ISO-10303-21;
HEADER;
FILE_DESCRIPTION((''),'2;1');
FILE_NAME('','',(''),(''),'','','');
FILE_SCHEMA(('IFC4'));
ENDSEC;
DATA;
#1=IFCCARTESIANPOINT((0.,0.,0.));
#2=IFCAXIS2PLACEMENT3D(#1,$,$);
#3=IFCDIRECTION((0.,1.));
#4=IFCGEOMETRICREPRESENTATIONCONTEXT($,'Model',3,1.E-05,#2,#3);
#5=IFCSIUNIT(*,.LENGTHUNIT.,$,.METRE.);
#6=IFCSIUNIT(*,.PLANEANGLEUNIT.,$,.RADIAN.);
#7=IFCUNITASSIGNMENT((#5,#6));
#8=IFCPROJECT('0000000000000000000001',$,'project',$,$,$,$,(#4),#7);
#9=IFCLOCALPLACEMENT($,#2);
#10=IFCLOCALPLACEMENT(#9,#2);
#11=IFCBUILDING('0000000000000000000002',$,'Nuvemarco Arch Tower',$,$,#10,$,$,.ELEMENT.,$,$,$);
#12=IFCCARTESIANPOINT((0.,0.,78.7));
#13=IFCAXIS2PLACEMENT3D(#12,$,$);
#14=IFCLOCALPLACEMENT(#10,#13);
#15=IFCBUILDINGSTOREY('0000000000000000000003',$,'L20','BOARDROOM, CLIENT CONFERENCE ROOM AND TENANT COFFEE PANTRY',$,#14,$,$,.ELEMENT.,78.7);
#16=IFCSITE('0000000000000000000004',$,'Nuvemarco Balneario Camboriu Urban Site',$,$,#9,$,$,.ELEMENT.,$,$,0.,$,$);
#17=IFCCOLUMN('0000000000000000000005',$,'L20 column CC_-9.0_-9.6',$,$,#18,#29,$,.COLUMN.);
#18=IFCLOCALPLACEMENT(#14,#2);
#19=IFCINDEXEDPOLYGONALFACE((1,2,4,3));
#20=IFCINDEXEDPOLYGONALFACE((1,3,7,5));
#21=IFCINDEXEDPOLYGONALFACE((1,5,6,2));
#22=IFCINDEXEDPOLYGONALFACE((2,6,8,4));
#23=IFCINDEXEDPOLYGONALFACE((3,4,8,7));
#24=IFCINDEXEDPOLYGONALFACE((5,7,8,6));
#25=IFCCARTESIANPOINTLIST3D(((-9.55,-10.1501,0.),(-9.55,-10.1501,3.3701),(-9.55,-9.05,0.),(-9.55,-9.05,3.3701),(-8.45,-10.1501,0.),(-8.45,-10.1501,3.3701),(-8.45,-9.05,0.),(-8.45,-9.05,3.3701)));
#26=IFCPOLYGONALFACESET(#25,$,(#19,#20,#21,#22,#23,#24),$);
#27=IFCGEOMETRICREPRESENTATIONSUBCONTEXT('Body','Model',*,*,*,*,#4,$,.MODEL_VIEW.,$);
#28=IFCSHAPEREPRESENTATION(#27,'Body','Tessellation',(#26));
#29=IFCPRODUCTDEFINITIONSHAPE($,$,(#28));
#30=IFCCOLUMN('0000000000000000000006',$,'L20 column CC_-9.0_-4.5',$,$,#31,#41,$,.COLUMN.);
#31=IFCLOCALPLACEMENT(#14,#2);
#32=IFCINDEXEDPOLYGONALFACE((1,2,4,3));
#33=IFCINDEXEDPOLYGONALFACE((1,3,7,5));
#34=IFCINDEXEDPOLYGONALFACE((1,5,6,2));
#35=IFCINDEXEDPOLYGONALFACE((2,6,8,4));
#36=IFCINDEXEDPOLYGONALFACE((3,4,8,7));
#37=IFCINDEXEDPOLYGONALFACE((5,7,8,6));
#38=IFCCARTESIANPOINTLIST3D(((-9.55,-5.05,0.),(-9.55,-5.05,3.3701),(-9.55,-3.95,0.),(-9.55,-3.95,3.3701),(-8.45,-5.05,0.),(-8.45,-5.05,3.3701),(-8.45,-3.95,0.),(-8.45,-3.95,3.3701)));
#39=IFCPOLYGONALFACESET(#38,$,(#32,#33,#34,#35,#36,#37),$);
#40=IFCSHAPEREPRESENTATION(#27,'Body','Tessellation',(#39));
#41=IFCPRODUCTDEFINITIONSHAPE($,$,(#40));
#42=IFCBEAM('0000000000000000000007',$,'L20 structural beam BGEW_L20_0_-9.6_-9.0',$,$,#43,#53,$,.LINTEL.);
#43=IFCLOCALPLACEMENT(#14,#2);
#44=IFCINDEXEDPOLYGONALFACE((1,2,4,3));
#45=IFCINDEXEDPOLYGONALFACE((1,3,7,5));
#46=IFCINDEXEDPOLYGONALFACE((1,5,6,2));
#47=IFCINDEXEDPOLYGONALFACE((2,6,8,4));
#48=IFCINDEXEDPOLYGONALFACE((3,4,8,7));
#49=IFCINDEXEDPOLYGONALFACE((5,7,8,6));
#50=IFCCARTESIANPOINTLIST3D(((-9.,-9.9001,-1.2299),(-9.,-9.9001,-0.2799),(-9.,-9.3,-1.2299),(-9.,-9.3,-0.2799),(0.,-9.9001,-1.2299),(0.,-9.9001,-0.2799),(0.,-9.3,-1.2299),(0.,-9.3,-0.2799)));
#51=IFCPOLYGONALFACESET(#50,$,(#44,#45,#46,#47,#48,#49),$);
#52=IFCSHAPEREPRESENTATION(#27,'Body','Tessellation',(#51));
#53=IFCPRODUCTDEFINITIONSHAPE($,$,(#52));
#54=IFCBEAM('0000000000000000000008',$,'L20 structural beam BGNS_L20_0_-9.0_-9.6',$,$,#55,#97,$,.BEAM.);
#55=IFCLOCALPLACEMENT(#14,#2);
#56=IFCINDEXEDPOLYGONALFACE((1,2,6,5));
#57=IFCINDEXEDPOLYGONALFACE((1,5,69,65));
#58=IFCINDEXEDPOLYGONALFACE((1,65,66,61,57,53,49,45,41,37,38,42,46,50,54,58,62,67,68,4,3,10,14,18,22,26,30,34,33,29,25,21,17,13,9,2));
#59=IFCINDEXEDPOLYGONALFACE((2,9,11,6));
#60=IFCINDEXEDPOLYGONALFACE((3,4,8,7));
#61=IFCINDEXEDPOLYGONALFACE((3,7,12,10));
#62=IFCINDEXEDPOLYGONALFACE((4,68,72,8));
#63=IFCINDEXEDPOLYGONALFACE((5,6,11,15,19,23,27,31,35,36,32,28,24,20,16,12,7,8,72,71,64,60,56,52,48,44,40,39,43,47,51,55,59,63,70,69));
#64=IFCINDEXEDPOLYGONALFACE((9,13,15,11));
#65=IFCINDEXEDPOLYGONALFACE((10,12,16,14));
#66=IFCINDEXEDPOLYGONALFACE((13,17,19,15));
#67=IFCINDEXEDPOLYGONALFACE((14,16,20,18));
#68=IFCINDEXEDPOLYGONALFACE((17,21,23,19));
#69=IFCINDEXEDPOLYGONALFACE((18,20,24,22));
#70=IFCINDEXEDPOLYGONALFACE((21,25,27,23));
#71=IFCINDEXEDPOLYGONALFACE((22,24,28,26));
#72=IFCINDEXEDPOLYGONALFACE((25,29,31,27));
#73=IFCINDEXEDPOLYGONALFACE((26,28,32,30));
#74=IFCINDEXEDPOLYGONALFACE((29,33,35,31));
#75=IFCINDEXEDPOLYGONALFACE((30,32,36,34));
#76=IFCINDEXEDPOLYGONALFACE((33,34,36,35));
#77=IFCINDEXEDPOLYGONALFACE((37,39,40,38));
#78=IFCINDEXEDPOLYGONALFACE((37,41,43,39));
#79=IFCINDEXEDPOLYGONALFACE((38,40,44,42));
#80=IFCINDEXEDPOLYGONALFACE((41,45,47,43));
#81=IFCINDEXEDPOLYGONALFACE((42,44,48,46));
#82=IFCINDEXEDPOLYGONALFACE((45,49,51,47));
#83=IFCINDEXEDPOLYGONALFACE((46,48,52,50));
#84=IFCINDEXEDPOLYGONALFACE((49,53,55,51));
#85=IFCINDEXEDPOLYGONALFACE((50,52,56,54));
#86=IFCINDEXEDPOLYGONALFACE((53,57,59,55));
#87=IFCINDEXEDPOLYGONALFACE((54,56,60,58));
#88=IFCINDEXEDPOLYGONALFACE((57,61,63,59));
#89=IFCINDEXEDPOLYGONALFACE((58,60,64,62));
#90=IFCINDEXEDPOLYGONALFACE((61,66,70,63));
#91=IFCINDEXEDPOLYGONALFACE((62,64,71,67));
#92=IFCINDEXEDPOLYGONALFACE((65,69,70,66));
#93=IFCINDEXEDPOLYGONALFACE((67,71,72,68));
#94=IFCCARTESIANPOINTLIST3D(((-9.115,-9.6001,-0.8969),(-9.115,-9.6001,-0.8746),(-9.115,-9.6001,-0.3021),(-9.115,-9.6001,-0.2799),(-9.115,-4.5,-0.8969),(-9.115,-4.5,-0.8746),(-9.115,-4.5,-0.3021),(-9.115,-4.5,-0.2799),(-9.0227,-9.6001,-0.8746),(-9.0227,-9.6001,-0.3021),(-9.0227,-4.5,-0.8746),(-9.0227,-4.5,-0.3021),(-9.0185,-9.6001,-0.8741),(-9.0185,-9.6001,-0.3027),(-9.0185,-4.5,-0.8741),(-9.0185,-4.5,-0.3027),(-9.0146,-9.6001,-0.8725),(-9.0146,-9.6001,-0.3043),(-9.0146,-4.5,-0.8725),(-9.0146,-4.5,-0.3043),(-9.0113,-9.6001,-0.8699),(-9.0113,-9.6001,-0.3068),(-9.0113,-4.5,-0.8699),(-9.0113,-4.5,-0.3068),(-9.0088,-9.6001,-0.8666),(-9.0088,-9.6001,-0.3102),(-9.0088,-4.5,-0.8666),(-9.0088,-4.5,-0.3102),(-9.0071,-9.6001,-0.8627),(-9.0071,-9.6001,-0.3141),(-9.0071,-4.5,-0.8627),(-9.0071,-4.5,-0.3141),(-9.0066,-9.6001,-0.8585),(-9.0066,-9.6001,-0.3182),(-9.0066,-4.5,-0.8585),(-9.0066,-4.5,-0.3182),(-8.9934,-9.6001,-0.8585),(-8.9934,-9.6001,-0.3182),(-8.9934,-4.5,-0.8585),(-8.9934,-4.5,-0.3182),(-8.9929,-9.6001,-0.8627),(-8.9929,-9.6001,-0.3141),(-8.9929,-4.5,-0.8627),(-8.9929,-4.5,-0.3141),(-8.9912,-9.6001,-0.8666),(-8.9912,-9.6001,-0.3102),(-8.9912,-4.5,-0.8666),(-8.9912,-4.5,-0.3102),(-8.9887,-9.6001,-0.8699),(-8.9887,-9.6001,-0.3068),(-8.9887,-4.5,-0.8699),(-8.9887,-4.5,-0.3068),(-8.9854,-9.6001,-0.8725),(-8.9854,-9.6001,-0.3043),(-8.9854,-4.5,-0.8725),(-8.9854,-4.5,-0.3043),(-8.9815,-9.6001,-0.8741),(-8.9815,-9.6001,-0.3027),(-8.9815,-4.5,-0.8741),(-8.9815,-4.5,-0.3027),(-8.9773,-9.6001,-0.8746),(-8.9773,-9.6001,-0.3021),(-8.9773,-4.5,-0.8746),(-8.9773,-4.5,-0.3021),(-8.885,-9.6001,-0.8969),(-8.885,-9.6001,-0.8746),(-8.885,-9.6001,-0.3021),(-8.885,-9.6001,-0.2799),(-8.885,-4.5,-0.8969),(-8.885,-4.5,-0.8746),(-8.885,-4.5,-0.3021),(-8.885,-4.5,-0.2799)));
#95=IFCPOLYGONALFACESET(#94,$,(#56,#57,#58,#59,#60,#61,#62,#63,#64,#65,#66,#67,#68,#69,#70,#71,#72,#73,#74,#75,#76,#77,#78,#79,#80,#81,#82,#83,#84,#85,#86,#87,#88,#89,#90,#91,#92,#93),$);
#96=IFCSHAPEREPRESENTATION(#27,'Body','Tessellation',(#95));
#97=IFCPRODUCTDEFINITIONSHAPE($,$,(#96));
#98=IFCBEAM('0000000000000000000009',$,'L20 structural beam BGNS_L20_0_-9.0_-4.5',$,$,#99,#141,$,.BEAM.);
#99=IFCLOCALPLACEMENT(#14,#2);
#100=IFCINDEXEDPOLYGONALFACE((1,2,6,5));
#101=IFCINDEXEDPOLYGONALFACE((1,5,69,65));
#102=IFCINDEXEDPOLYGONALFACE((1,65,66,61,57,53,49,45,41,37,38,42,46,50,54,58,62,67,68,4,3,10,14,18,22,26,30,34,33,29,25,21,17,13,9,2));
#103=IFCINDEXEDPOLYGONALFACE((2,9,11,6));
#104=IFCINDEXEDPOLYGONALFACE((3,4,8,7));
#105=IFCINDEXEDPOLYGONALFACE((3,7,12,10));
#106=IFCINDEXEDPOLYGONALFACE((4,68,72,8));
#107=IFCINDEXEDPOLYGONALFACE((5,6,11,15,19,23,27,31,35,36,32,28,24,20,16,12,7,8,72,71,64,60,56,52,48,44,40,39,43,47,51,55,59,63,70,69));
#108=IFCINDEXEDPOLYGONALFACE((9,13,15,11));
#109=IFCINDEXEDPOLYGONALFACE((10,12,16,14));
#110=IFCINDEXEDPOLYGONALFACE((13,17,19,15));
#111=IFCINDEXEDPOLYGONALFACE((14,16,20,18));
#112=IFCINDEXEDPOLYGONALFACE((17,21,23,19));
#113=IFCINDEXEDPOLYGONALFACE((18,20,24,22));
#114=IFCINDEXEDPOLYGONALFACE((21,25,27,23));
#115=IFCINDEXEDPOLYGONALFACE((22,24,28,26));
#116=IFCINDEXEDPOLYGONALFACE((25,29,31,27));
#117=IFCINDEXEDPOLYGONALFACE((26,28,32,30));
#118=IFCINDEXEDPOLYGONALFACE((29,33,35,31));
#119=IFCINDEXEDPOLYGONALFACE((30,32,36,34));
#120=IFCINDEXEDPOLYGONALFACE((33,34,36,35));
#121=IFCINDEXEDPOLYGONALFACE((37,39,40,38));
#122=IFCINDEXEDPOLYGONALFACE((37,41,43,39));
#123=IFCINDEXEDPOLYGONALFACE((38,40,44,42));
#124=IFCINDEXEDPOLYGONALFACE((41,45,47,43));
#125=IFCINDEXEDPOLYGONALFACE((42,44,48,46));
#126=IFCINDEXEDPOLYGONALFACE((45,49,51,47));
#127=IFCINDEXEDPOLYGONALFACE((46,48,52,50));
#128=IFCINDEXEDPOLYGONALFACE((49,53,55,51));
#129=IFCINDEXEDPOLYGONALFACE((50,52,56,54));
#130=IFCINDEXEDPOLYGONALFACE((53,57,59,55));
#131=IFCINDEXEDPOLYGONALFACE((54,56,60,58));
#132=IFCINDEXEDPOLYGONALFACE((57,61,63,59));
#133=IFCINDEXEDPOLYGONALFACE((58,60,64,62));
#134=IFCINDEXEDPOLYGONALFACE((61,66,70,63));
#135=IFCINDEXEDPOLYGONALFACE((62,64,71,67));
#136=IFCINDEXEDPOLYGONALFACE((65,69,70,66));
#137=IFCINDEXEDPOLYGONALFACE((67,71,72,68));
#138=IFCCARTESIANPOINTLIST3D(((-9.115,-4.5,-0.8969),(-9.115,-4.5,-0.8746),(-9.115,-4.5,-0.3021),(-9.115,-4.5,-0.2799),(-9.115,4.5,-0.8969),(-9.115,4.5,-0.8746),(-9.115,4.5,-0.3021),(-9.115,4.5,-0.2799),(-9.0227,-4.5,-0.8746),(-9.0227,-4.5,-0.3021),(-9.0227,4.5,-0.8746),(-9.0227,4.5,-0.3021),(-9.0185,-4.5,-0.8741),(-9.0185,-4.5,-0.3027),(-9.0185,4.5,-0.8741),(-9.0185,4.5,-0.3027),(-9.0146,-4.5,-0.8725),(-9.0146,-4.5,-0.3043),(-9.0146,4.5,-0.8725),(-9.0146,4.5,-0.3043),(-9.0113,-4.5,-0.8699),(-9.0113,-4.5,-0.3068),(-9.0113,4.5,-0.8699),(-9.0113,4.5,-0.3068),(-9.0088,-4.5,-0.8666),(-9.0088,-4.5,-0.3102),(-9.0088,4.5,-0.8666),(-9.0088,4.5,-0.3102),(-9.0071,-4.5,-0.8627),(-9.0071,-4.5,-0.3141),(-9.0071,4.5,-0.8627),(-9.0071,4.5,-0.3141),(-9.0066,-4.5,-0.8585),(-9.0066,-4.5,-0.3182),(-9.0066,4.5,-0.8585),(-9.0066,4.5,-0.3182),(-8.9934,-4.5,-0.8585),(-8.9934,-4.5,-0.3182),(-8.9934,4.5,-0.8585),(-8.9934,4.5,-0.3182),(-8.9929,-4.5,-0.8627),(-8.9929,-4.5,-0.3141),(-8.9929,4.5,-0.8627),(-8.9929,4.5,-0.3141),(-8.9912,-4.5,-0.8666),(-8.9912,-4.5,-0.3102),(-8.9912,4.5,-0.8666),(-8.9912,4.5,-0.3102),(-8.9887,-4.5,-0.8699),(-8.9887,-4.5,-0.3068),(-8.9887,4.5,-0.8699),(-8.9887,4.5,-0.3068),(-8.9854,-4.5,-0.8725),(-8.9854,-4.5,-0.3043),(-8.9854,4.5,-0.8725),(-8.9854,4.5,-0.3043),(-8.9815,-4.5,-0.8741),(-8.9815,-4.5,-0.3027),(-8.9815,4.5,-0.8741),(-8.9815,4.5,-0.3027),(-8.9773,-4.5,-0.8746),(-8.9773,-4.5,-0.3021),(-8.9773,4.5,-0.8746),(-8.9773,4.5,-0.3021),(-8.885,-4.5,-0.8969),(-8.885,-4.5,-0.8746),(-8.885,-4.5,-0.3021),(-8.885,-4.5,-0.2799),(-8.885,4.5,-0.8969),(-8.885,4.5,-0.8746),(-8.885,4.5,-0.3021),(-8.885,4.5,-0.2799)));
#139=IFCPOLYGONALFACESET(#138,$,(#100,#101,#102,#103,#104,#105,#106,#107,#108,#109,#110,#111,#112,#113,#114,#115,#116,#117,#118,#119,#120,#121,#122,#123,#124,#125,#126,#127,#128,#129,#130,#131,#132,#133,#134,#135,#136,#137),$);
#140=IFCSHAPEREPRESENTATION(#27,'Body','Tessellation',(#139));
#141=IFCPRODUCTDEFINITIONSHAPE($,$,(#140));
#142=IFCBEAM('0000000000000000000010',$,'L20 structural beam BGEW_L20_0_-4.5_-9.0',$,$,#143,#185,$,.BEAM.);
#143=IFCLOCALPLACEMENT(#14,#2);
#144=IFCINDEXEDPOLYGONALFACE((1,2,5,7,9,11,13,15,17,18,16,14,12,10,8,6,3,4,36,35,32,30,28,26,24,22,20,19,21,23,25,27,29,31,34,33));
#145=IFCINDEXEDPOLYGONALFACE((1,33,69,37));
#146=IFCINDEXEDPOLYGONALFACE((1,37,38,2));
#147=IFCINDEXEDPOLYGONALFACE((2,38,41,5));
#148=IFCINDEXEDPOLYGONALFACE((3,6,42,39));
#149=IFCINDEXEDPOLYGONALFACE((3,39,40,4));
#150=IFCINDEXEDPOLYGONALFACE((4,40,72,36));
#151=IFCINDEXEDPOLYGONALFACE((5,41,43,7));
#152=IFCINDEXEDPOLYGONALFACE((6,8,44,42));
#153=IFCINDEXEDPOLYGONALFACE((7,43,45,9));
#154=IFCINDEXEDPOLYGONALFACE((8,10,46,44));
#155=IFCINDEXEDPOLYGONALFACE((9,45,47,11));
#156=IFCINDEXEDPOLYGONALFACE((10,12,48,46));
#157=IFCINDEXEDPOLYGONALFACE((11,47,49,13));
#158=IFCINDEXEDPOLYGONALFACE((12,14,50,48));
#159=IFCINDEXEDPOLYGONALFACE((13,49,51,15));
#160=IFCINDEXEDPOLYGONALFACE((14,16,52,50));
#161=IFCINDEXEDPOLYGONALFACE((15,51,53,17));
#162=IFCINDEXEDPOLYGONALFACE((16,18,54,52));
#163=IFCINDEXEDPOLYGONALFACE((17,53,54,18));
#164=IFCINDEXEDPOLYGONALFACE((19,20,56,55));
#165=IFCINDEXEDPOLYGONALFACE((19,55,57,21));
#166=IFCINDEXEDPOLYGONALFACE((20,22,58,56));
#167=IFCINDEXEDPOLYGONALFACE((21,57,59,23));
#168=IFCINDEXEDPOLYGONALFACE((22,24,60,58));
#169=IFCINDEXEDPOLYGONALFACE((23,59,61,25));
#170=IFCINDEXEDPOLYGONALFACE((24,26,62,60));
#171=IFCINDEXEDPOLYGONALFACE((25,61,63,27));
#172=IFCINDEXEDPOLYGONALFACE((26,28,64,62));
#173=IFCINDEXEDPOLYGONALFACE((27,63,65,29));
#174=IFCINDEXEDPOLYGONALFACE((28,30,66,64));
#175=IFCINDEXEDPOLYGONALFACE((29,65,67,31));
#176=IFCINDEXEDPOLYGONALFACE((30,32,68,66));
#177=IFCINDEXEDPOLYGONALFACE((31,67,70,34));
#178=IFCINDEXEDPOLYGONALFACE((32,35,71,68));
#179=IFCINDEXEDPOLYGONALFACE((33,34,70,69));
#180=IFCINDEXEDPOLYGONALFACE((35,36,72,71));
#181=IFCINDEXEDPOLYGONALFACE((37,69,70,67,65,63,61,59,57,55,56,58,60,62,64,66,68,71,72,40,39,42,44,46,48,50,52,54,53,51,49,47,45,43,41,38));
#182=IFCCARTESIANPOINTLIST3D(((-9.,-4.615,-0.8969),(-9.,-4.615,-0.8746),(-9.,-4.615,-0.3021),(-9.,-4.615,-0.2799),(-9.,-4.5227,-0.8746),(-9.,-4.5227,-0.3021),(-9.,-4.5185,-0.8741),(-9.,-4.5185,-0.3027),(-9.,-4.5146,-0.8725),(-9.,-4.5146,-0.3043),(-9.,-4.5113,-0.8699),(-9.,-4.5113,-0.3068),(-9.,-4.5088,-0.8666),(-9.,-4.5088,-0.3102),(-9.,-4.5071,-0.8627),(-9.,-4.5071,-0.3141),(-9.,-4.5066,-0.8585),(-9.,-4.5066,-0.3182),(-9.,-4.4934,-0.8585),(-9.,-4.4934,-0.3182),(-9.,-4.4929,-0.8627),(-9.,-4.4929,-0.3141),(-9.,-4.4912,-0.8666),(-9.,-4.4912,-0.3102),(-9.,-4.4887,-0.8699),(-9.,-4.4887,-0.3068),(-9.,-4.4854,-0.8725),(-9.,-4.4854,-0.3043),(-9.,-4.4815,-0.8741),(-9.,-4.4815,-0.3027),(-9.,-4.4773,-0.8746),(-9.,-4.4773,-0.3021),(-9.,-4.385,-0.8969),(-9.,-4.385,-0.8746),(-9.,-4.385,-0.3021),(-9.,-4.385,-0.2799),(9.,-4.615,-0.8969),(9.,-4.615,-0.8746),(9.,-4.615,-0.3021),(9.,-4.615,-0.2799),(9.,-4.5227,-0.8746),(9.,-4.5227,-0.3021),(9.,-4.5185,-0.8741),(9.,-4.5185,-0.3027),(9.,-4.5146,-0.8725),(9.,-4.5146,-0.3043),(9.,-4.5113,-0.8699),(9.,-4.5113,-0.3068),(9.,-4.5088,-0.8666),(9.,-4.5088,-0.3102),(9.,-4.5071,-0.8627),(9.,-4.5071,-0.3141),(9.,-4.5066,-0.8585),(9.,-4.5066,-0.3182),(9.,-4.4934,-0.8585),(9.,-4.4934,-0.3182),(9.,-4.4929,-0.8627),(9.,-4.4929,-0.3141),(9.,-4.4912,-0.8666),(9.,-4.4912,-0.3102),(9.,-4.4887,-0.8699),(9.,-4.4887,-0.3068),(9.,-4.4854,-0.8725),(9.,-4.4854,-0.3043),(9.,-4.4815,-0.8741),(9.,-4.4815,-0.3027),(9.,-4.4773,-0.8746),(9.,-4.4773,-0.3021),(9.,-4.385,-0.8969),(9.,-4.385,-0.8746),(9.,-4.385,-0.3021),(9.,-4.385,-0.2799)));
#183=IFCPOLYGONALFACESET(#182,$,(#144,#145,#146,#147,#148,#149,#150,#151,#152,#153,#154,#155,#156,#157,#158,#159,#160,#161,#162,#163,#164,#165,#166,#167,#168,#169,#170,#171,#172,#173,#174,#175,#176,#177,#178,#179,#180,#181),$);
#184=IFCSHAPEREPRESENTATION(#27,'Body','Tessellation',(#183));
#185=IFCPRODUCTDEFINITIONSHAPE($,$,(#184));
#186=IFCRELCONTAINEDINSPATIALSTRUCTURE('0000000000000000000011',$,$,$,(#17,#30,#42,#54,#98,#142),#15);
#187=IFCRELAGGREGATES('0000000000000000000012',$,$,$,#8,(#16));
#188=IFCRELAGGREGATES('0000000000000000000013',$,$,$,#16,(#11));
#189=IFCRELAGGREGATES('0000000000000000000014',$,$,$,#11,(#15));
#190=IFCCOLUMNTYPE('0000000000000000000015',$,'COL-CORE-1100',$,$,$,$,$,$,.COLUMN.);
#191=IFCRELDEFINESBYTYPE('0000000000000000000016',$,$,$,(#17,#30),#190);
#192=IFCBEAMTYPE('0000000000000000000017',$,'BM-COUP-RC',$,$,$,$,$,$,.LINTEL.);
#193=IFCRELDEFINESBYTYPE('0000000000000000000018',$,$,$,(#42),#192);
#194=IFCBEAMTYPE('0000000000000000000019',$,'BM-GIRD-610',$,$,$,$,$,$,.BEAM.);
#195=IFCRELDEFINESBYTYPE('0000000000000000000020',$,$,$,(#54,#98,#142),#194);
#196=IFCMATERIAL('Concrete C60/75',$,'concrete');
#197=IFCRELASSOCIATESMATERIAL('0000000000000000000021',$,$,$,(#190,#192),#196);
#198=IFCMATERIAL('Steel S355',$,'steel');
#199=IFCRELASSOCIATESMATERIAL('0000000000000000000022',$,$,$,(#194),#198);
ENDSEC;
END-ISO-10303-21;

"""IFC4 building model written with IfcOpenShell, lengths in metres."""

from ifc_helpers import new_model, si_unit, direction, frame, origin, origin_2d, place, context, subcontext, project, spatial, rectangle, i_section, extrude, material, material_profile, profile_set, type_object, element, save


model = new_model("IFC4")

# Units and contexts
model_context = context("Model", 3, precision=1e-05, world=origin(), true_north=direction((0.0, 1.0)))
body_context = subcontext(model_context, "Body", "Model", "MODEL_VIEW")
ifc_project = project(units=[si_unit("LENGTHUNIT", "METRE"), si_unit("PLANEANGLEUNIT", "RADIAN")], contexts=[model_context])

# Site, building, storey
site_placement = place(None, origin())
site = spatial("IfcSite", under=ifc_project, at=site_placement, Name="Nuvemarco Balneario Camboriu Urban Site", CompositionType="ELEMENT", RefElevation=0.0)
building_placement = place(site_placement, origin())
building = spatial("IfcBuilding", under=site, at=building_placement, Name="Nuvemarco Arch Tower", CompositionType="ELEMENT")
storey_placement = place(building_placement, frame((0.0, 0.0, 78.7)))
storey = spatial("IfcBuildingStorey", under=building, at=storey_placement, Name="L20", Description="BOARDROOM, CLIENT CONFERENCE ROOM AND TENANT COFFEE PANTRY", CompositionType="ELEMENT", Elevation=78.7)

# Columns
ifc_material_1 = material(Name="Concrete C60/75", Category="concrete")
ifc_material_profile_1 = material_profile(ifc_material_1, rectangle(XDim=1.1001, YDim=1.1001, at=origin_2d()), Name="RC-COL-1100x1100")
ifc_profile_set_1 = profile_set([ifc_material_profile_1], Name="Concrete C60/75")
column_type = type_object("IfcColumnType", Name="COL-CORE-1100", PredefinedType="COLUMN", material=ifc_profile_set_1)
for number, where, z_axis, x_axis, name in (
    (1, (-9.0, -9.6001, 0.0), (0.0, 0.0, 1.0), (1.0, 0.0, 0.0), "L20 column CC_-9.0_-9.6"),
    (2, (-9.0, -4.5, 0.0), (0.0, 0.0, 1.0), (1.0, 0.0, 0.0), "L20 column CC_-9.0_-4.5"),
):
    element("IfcColumn", number, at=place(storey_placement, frame(where, z_axis=z_axis, x_axis=x_axis)), inside=storey, type_object=column_type, Name=name, PredefinedType="COLUMN", context=body_context, shape_type="SweptSolid", body=[
        extrude(rectangle(XDim=1.1001, YDim=1.1001, at=origin_2d()), origin(), (0.0, 0.0, 1.0), 3.3701),
    ])

# Beams
ifc_material_profile_2 = material_profile(ifc_material_1, rectangle(XDim=0.6001, YDim=0.95, at=origin_2d()), Name="RC-BM-600x950")
ifc_profile_set_2 = profile_set([ifc_material_profile_2], Name="Concrete C60/75")
beam_type_1 = type_object("IfcBeamType", Name="BM-COUP-RC", PredefinedType="LINTEL", material=ifc_profile_set_2)
beam_1_placement = place(storey_placement, frame((-9.0, -9.6001, -0.7549), z_axis=(1.0, 0.0, 0.0), x_axis=(0.0, 1.0, 0.0)))
element("IfcBeam", 3, at=beam_1_placement, inside=storey, type_object=beam_type_1, Name="L20 structural beam BGEW_L20_0_-9.6_-9.0", PredefinedType="LINTEL", context=body_context, shape_type="SweptSolid", body=[
    extrude(rectangle(XDim=0.6001, YDim=0.95, at=origin_2d()), origin(), (0.0, 0.0, 1.0), 9.0),
])
ifc_material_2 = material(Name="Steel S355", Category="steel")
ifc_material_profile_3 = material_profile(ifc_material_2, i_section(OverallWidth=0.23, OverallDepth=0.6169, WebThickness=0.0132, FlangeThickness=0.0222, FilletRadius=0.0161, at=origin_2d()), Name="W610x140")
ifc_profile_set_3 = profile_set([ifc_material_profile_3], Name="Steel S355")
beam_type_2 = type_object("IfcBeamType", Name="BM-GIRD-610", PredefinedType="BEAM", material=ifc_profile_set_3)
beam_2_placement = place(storey_placement, frame((-9.0, -9.6001, -0.5884), z_axis=(0.0, 1.0, 0.0), x_axis=(-1.0, 0.0, 0.0)))
element("IfcBeam", 4, at=beam_2_placement, inside=storey, type_object=beam_type_2, Name="L20 structural beam BGNS_L20_0_-9.0_-9.6", PredefinedType="BEAM", context=body_context, shape_type="SweptSolid", body=[
    extrude(i_section(OverallWidth=0.23, OverallDepth=0.6169, WebThickness=0.0132, FlangeThickness=0.0222, FilletRadius=0.0161, at=origin_2d()), origin(), (0.0, 0.0, 1.0), 5.1001),
])
beam_3_placement = place(storey_placement, frame((-9.0, -4.5, -0.5884), z_axis=(0.0, 1.0, 0.0), x_axis=(-1.0, 0.0, 0.0)))
element("IfcBeam", 5, at=beam_3_placement, inside=storey, type_object=beam_type_2, Name="L20 structural beam BGNS_L20_0_-9.0_-4.5", PredefinedType="BEAM", context=body_context, shape_type="SweptSolid", body=[
    extrude(i_section(OverallWidth=0.23, OverallDepth=0.6169, WebThickness=0.0132, FlangeThickness=0.0222, FilletRadius=0.0161, at=origin_2d()), origin(), (0.0, 0.0, 1.0), 9.0),
])
beam_4_placement = place(storey_placement, frame((-9.0, -4.5, -0.5884), z_axis=(1.0, 0.0, 0.0), x_axis=(0.0, 1.0, 0.0)))
element("IfcBeam", 6, at=beam_4_placement, inside=storey, type_object=beam_type_2, Name="L20 structural beam BGEW_L20_0_-4.5_-9.0", PredefinedType="BEAM", context=body_context, shape_type="SweptSolid", body=[
    extrude(i_section(OverallWidth=0.23, OverallDepth=0.6169, WebThickness=0.0132, FlangeThickness=0.0222, FilletRadius=0.0161, at=origin_2d()), origin(), (0.0, 0.0, 1.0), 18.0),
])

save(model, "model.ifc")
